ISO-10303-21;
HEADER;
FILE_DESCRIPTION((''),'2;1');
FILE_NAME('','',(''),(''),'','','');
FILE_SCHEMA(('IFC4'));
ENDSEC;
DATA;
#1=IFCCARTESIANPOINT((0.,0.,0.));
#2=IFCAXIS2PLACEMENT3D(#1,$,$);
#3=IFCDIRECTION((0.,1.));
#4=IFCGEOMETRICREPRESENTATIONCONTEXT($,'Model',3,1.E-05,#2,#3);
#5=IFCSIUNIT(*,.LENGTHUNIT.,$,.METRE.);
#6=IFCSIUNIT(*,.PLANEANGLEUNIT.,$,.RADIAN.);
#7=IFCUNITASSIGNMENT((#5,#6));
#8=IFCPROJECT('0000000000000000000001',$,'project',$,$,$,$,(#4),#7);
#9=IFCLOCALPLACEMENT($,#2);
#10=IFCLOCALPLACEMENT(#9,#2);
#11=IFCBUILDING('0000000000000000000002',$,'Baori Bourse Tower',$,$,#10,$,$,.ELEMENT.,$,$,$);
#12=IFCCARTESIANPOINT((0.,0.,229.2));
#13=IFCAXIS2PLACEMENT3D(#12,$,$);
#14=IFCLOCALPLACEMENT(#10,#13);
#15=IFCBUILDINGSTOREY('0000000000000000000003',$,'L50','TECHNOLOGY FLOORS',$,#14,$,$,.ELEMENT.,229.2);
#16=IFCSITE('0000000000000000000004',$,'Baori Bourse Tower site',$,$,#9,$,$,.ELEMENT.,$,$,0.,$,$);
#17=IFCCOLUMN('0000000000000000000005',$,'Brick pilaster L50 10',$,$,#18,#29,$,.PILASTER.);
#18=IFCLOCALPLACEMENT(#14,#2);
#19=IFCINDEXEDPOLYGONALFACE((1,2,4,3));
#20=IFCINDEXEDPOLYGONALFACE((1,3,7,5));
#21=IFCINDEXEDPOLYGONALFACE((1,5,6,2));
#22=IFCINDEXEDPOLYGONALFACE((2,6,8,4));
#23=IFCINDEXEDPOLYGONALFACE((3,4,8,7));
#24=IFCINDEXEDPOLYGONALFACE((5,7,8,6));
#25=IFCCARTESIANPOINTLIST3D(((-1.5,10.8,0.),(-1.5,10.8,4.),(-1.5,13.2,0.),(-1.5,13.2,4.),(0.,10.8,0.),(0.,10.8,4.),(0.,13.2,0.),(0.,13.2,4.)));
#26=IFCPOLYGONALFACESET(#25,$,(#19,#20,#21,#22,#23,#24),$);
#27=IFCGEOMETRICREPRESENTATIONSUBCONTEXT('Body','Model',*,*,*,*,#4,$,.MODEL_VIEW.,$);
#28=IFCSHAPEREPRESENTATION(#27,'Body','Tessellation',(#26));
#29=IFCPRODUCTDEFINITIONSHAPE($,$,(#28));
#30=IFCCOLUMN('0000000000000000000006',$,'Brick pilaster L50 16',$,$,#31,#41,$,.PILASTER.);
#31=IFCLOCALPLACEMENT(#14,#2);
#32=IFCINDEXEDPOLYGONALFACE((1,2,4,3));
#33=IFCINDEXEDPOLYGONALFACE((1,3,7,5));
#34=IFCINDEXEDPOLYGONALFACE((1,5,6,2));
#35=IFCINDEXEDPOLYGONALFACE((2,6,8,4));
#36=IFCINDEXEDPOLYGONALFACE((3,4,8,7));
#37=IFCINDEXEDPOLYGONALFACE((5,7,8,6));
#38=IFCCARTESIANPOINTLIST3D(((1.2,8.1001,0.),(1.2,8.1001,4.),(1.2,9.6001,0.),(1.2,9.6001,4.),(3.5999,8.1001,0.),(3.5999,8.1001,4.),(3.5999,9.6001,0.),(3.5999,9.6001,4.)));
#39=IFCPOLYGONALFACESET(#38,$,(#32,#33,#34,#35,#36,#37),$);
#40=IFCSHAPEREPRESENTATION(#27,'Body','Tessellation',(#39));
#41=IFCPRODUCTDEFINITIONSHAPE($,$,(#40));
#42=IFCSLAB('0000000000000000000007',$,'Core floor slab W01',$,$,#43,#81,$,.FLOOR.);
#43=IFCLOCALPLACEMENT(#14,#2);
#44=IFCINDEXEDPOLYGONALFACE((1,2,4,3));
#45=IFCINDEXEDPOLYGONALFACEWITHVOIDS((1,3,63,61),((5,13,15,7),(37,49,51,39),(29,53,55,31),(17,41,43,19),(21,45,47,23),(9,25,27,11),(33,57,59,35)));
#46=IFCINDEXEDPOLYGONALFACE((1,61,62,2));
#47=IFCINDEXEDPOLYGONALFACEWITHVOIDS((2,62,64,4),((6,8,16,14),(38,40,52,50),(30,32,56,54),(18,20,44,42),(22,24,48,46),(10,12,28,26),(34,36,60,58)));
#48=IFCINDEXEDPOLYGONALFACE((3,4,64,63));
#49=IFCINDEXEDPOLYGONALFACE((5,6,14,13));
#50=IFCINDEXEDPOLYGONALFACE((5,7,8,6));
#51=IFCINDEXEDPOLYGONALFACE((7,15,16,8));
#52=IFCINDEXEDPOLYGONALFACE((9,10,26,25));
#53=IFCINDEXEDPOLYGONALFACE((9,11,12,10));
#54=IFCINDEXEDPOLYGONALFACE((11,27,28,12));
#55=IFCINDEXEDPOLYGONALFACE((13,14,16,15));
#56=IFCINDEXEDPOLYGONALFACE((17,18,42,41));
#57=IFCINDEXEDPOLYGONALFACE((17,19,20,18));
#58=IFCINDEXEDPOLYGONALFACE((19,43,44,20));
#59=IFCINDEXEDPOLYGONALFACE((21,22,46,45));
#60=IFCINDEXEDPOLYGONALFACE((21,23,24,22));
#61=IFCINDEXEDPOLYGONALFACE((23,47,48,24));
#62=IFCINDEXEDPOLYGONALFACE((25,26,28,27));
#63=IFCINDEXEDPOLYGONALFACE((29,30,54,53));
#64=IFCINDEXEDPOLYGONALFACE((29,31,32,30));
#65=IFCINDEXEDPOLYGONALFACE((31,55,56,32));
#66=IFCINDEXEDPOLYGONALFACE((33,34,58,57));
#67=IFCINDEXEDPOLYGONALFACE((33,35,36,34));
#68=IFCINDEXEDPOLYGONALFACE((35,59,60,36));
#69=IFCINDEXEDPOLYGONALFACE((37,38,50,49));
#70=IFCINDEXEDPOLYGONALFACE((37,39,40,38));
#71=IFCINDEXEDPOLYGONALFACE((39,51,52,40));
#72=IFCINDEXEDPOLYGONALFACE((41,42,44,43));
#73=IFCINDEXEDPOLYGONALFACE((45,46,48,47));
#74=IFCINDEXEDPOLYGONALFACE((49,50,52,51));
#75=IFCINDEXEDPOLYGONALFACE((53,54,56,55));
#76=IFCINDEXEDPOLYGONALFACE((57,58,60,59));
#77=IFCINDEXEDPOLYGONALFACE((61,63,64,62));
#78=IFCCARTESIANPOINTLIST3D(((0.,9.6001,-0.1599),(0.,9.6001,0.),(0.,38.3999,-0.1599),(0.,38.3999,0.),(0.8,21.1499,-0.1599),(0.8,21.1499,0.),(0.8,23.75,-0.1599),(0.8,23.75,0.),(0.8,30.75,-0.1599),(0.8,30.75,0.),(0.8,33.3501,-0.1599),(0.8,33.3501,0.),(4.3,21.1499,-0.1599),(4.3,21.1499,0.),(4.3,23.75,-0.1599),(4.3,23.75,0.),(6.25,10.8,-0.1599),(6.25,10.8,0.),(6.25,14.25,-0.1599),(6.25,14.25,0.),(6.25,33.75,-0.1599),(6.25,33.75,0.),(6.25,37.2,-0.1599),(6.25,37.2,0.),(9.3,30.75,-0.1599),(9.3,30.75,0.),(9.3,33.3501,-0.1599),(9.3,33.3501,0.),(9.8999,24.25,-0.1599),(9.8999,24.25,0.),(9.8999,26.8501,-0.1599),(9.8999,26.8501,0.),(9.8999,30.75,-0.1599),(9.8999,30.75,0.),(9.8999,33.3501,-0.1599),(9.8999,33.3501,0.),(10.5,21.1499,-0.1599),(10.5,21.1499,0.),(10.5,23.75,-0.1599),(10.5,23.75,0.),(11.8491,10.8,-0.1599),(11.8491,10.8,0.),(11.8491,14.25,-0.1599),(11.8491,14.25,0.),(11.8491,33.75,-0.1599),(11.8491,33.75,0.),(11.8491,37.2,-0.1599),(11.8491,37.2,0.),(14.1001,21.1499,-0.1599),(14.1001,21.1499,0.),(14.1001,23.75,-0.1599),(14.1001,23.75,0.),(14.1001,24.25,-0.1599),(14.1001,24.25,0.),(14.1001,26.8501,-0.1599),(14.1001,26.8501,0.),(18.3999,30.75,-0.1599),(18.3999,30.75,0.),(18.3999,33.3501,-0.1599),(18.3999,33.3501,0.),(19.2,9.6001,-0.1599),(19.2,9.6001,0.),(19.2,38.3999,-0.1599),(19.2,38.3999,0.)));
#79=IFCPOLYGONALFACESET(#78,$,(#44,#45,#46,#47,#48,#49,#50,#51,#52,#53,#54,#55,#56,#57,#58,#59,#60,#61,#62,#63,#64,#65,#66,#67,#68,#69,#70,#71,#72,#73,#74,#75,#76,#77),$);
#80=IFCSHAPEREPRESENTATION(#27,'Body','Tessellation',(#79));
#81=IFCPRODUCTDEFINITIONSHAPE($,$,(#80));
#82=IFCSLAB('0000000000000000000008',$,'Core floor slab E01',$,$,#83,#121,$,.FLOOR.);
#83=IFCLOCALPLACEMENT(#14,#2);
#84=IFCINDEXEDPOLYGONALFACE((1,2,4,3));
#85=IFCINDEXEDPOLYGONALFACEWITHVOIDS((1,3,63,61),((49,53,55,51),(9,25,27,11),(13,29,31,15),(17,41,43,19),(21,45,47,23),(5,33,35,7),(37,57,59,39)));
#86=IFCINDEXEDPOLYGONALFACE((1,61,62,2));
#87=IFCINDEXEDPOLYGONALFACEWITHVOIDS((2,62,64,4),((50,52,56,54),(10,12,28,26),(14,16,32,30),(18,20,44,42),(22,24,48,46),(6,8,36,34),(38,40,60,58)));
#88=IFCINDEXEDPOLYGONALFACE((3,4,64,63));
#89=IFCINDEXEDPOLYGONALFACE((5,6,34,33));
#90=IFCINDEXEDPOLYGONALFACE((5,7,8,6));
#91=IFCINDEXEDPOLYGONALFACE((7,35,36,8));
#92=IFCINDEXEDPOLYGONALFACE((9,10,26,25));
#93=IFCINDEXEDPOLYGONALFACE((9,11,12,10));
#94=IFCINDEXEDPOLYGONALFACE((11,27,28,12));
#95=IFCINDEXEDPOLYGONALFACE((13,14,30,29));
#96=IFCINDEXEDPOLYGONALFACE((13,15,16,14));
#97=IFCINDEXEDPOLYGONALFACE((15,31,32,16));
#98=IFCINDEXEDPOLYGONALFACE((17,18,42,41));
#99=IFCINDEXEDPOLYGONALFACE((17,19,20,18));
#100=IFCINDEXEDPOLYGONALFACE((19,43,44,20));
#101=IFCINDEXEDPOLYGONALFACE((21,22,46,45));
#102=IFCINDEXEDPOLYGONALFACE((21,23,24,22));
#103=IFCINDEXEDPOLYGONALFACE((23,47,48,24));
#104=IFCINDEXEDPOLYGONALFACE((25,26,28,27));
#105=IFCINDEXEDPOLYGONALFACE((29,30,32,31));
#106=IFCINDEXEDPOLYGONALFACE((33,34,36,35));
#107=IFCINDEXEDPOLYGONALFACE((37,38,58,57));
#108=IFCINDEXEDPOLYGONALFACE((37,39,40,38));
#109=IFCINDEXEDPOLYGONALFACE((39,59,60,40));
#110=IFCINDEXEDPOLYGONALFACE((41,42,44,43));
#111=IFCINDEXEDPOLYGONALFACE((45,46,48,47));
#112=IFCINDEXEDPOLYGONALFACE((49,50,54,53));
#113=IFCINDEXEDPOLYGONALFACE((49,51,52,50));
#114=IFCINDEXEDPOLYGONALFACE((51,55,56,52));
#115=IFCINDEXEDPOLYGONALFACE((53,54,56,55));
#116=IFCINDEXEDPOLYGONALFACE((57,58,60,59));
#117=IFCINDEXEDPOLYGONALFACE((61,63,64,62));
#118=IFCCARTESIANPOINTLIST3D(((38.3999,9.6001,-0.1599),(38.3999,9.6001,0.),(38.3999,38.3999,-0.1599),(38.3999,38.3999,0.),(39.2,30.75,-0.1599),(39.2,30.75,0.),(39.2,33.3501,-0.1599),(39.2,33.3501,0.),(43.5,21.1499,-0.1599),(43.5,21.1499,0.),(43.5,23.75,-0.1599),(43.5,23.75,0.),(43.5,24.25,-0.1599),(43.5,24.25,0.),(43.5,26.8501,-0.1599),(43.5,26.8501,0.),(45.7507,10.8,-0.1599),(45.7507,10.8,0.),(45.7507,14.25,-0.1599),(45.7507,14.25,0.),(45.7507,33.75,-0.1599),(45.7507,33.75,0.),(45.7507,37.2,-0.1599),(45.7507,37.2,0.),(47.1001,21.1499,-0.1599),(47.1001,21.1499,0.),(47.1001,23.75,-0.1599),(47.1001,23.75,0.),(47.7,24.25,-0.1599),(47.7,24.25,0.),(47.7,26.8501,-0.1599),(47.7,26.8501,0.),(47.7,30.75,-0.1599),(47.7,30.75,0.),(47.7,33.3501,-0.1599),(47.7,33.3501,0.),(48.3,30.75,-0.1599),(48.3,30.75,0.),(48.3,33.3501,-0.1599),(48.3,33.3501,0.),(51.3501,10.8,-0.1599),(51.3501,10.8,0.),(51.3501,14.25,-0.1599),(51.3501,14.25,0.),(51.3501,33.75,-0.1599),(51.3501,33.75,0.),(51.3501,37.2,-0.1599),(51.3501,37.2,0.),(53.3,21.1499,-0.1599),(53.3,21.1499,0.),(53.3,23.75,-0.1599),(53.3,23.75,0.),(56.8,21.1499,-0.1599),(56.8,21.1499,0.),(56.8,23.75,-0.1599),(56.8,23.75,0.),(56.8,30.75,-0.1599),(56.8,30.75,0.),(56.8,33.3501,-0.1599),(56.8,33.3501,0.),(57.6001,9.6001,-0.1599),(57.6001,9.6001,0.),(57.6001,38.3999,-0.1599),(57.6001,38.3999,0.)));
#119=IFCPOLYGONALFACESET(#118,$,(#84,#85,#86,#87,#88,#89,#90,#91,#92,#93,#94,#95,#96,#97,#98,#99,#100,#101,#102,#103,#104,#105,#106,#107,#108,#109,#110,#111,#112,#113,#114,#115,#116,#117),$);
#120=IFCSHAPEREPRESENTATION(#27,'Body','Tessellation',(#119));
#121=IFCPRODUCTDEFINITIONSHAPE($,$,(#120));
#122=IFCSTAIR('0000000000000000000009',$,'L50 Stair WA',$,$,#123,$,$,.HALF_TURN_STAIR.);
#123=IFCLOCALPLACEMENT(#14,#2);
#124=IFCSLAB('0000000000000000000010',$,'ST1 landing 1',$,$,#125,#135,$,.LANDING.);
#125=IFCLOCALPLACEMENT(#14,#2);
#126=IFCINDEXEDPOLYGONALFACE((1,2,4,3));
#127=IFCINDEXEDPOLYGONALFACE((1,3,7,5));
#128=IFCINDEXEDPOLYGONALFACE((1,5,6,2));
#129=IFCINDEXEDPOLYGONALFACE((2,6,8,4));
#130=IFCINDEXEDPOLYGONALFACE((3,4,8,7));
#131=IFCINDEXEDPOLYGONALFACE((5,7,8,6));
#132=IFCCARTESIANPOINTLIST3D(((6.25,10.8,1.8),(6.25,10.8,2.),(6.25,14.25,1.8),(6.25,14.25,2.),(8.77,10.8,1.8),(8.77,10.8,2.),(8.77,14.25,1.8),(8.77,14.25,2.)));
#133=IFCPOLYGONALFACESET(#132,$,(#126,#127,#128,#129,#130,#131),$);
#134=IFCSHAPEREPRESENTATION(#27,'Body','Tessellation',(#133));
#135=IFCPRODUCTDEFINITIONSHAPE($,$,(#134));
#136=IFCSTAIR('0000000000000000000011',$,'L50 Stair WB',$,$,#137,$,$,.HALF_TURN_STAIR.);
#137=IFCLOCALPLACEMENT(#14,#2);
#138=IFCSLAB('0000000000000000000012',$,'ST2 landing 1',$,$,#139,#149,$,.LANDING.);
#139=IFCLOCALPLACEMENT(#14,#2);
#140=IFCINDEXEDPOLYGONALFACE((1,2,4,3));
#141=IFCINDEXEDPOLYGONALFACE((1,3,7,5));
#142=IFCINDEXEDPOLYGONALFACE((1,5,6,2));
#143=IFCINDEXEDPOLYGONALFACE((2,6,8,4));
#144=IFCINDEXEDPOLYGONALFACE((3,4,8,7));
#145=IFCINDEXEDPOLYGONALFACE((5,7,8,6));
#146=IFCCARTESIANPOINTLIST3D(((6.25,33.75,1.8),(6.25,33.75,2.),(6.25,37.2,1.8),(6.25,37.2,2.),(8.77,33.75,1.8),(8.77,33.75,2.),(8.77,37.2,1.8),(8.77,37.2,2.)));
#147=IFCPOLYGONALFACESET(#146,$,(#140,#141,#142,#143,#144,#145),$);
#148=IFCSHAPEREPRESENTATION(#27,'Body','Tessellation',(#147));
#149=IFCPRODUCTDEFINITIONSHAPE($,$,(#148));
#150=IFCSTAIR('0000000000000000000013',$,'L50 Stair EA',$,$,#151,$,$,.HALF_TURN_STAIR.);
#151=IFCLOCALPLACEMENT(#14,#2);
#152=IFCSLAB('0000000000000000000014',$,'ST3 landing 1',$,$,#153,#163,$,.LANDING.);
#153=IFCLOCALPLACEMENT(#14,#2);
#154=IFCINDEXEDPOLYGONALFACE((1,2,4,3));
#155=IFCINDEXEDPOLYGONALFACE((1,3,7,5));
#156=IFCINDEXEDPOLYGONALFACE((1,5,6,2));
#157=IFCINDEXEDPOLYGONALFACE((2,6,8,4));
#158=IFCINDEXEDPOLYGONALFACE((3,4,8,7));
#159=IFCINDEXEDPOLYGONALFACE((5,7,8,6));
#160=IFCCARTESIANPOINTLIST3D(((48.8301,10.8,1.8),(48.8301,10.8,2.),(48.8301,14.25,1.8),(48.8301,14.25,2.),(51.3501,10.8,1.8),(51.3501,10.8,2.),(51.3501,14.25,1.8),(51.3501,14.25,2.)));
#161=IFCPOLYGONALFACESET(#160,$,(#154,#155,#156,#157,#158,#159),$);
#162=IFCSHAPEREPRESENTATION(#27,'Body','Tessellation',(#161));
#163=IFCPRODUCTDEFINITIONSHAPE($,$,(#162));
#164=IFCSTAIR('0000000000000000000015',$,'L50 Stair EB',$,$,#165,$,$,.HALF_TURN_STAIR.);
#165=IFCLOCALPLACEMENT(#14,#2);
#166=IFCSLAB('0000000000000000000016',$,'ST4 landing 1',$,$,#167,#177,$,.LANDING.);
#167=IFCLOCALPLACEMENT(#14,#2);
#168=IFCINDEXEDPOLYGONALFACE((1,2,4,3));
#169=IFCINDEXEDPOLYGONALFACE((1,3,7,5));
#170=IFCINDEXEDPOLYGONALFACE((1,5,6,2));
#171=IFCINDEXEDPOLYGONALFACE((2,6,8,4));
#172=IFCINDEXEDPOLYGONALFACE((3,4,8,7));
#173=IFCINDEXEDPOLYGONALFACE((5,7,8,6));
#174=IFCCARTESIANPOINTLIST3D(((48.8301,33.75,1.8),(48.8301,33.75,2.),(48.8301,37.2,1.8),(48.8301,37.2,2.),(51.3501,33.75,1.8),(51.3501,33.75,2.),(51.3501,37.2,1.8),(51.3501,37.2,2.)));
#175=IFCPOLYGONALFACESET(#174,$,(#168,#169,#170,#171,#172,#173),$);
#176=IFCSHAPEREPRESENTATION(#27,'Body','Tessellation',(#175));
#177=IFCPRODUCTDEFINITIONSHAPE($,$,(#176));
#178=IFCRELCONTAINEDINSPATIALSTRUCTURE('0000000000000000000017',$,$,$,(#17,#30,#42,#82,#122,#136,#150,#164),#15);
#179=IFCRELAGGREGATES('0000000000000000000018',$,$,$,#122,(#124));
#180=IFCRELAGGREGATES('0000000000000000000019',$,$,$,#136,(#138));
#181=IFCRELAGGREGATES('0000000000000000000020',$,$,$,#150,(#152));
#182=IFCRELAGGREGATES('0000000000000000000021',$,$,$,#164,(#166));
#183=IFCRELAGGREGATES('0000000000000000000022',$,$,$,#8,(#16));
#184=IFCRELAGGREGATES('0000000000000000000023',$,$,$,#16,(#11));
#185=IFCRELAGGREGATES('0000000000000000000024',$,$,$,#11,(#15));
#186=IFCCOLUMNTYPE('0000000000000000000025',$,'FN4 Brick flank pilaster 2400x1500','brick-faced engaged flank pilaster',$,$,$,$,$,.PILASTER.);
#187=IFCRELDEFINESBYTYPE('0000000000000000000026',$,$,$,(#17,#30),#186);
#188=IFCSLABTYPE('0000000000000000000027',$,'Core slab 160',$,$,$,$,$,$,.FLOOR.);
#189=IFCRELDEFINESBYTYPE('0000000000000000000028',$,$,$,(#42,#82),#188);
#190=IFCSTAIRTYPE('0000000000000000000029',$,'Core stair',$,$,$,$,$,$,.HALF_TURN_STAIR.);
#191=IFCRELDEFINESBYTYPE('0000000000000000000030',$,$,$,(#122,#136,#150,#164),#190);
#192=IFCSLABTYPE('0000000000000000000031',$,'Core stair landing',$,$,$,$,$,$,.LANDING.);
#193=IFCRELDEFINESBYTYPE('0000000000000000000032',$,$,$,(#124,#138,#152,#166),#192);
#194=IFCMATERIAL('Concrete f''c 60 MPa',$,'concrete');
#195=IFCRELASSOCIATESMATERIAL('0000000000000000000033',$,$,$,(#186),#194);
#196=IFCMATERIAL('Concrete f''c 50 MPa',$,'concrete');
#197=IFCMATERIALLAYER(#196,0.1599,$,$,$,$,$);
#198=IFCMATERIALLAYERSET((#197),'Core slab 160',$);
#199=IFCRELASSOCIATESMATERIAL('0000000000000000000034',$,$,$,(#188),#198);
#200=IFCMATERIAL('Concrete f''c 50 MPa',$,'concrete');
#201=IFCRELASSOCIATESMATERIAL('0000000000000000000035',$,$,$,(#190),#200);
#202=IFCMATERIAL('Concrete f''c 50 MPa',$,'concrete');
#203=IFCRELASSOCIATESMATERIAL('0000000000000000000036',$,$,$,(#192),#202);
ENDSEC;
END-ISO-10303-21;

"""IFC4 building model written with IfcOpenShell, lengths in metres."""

from ifc_helpers import new_model, si_unit, direction, frame, origin, origin_2d, place, context, subcontext, project, spatial, polyline, rectangle, outline, extrude, material, layer, layer_set, material_profile, profile_set, type_object, element, aggregate, save


model = new_model("IFC4")

# Units and contexts
model_context = context("Model", 3, precision=1e-05, world=origin(), true_north=direction((0.0, 1.0)))
body_context = subcontext(model_context, "Body", "Model", "MODEL_VIEW")
ifc_project = project(units=[si_unit("LENGTHUNIT", "METRE"), si_unit("PLANEANGLEUNIT", "RADIAN")], contexts=[model_context])

# Site, building, storey
site_placement = place(None, origin())
site = spatial("IfcSite", under=ifc_project, at=site_placement, Name="Baori Bourse Tower site", CompositionType="ELEMENT", RefElevation=0.0)
building_placement = place(site_placement, origin())
building = spatial("IfcBuilding", under=site, at=building_placement, Name="Baori Bourse Tower", CompositionType="ELEMENT")
storey_placement = place(building_placement, frame((0.0, 0.0, 229.2)))
storey = spatial("IfcBuildingStorey", under=building, at=storey_placement, Name="L50", Description="TECHNOLOGY FLOORS", CompositionType="ELEMENT", Elevation=229.2)

# Columns
ifc_material_1 = material(Name="Concrete f'c 60 MPa", Category="concrete")
ifc_material_profile = material_profile(ifc_material_1, rectangle(XDim=2.3999, YDim=1.5, at=origin_2d()), Name="RC 2400x1500")
ifc_profile_set = profile_set([ifc_material_profile], Name="Concrete f'c 60 MPa")
column_type = type_object("IfcColumnType", Name="FN4 Brick flank pilaster 2400x1500", Description="brick-faced engaged flank pilaster", PredefinedType="PILASTER", material=ifc_profile_set)
for number, where, z_axis, x_axis, name in (
    (1, (-0.75, 12.0, 0.0), (0.0, 0.0, 1.0), (0.0, 1.0, 0.0), "Brick pilaster L50 10"),
    (2, (2.3999, 8.8501, 0.0), (0.0, 0.0, 1.0), (1.0, 0.0, 0.0), "Brick pilaster L50 16"),
):
    element("IfcColumn", number, at=place(storey_placement, frame(where, z_axis=z_axis, x_axis=x_axis)), inside=storey, type_object=column_type, Name=name, PredefinedType="PILASTER", context=body_context, shape_type="SweptSolid", body=[
        extrude(rectangle(XDim=2.3999, YDim=1.5, at=origin_2d()), origin(), (0.0, 0.0, 1.0), 4.0),
    ])

# Slabs
ifc_material_2 = material(Name="Concrete f'c 50 MPa", Category="concrete")
ifc_layer_1 = layer(ifc_material_2, 0.1599)
ifc_layer_set_1 = layer_set([ifc_layer_1], Name="Core slab 160")
slab_type_1 = type_object("IfcSlabType", Name="Core slab 160", PredefinedType="FLOOR", material=ifc_layer_set_1)
slab_1_placement = place(storey_placement, frame((0.0, 0.0, -0.1599)))
element("IfcSlab", 3, at=slab_1_placement, inside=storey, type_object=slab_type_1, Name="Core floor slab W01", PredefinedType="FLOOR", context=body_context, shape_type="SweptSolid", body=[
    extrude(outline(polyline([(19.2, 38.3999), (0.0, 38.3999), (0.0, 9.6001), (19.2, 9.6001), (19.2, 38.3999)]), holes=[polyline([(9.8999, 33.3501), (18.3999, 33.3501), (18.3999, 30.75), (9.8999, 30.75), (9.8999, 33.3501)]), polyline([(10.5, 21.1499), (10.5, 23.75), (14.1001, 23.75), (14.1001, 21.1499), (10.5, 21.1499)]), polyline([(14.1001, 24.25), (9.8999, 24.25), (9.8999, 26.8501), (14.1001, 26.8501), (14.1001, 24.25)]), polyline([(6.25, 14.25), (11.8491, 14.25), (11.8491, 10.8), (6.25, 10.8), (6.25, 14.25)]), polyline([(11.8491, 37.2), (11.8491, 33.75), (6.25, 33.75), (6.25, 37.2), (11.8491, 37.2)]), polyline([(0.8, 30.75), (0.8, 33.3501), (9.3, 33.3501), (9.3, 30.75), (0.8, 30.75)]), polyline([(4.3, 23.75), (4.3, 21.1499), (0.8, 21.1499), (0.8, 23.75), (4.3, 23.75)])]), origin(), (0.0, 0.0, 1.0), 0.1599),
])
slab_2_placement = place(storey_placement, frame((0.0, 0.0, -0.1599)))
element("IfcSlab", 4, at=slab_2_placement, inside=storey, type_object=slab_type_1, Name="Core floor slab E01", PredefinedType="FLOOR", context=body_context, shape_type="SweptSolid", body=[
    extrude(outline(polyline([(57.6001, 9.6001), (57.6001, 38.3999), (38.3999, 38.3999), (38.3999, 9.6001), (57.6001, 9.6001)]), holes=[polyline([(48.3, 33.3501), (56.8, 33.3501), (56.8, 30.75), (48.3, 30.75), (48.3, 33.3501)]), polyline([(56.8, 21.1499), (53.3, 21.1499), (53.3, 23.75), (56.8, 23.75), (56.8, 21.1499)]), polyline([(45.7507, 14.25), (51.3501, 14.25), (51.3501, 10.8), (45.7507, 10.8), (45.7507, 14.25)]), polyline([(51.3501, 37.2), (51.3501, 33.75), (45.7507, 33.75), (45.7507, 37.2), (51.3501, 37.2)]), polyline([(43.5, 24.25), (43.5, 26.8501), (47.7, 26.8501), (47.7, 24.25), (43.5, 24.25)]), polyline([(47.7, 33.3501), (47.7, 30.75), (39.2, 30.75), (39.2, 33.3501), (47.7, 33.3501)]), polyline([(43.5, 23.75), (47.1001, 23.75), (47.1001, 21.1499), (43.5, 21.1499), (43.5, 23.75)])]), origin(), (0.0, 0.0, 1.0), 0.1599),
])

# Stairs, slabs
ifc_material_3 = material(Name="Concrete f'c 50 MPa", Category="concrete")
stair_type = type_object("IfcStairType", Name="Core stair", PredefinedType="HALF_TURN_STAIR", material=ifc_material_3)
stair_1_placement = place(storey_placement, origin())
stair_1 = element("IfcStair", 5, at=stair_1_placement, inside=storey, type_object=stair_type, Name="L50 Stair WA", PredefinedType="HALF_TURN_STAIR")
ifc_material_4 = material(Name="Concrete f'c 50 MPa", Category="concrete")
slab_type_2 = type_object("IfcSlabType", Name="Core stair landing", PredefinedType="LANDING", material=ifc_material_4)
slab_3_placement = place(storey_placement, frame((0.0, 0.0, 1.8)))
slab_3 = element("IfcSlab", 6, at=slab_3_placement, type_object=slab_type_2, Name="ST1 landing 1", PredefinedType="LANDING", context=body_context, shape_type="SweptSolid", body=[
    extrude(outline(polyline([(8.77, 14.25), (6.25, 14.25), (6.25, 10.8), (8.77, 10.8), (8.77, 14.25)])), origin(), (0.0, 0.0, 1.0), 0.2),
])
aggregate(stair_1, [slab_3])
stair_2_placement = place(storey_placement, origin())
stair_2 = element("IfcStair", 7, at=stair_2_placement, inside=storey, type_object=stair_type, Name="L50 Stair WB", PredefinedType="HALF_TURN_STAIR")
slab_4_placement = place(storey_placement, frame((0.0, 0.0, 1.8)))
slab_4 = element("IfcSlab", 8, at=slab_4_placement, type_object=slab_type_2, Name="ST2 landing 1", PredefinedType="LANDING", context=body_context, shape_type="SweptSolid", body=[
    extrude(outline(polyline([(8.77, 37.2), (6.25, 37.2), (6.25, 33.75), (8.77, 33.75), (8.77, 37.2)])), origin(), (0.0, 0.0, 1.0), 0.2),
])
aggregate(stair_2, [slab_4])
stair_3_placement = place(storey_placement, origin())
stair_3 = element("IfcStair", 9, at=stair_3_placement, inside=storey, type_object=stair_type, Name="L50 Stair EA", PredefinedType="HALF_TURN_STAIR")
slab_5_placement = place(storey_placement, frame((0.0, 0.0, 1.8)))
slab_5 = element("IfcSlab", 10, at=slab_5_placement, type_object=slab_type_2, Name="ST3 landing 1", PredefinedType="LANDING", context=body_context, shape_type="SweptSolid", body=[
    extrude(outline(polyline([(48.8301, 10.8), (51.3501, 10.8), (51.3501, 14.25), (48.8301, 14.25), (48.8301, 10.8)])), origin(), (0.0, 0.0, 1.0), 0.2),
])
aggregate(stair_3, [slab_5])
stair_4_placement = place(storey_placement, origin())
stair_4 = element("IfcStair", 11, at=stair_4_placement, inside=storey, type_object=stair_type, Name="L50 Stair EB", PredefinedType="HALF_TURN_STAIR")
slab_6_placement = place(storey_placement, frame((0.0, 0.0, 1.8)))
slab_6 = element("IfcSlab", 12, at=slab_6_placement, type_object=slab_type_2, Name="ST4 landing 1", PredefinedType="LANDING", context=body_context, shape_type="SweptSolid", body=[
    extrude(outline(polyline([(48.8301, 33.75), (51.3501, 33.75), (51.3501, 37.2), (48.8301, 37.2), (48.8301, 33.75)])), origin(), (0.0, 0.0, 1.0), 0.2),
])
aggregate(stair_4, [slab_6])

save(model, "model.ifc")
